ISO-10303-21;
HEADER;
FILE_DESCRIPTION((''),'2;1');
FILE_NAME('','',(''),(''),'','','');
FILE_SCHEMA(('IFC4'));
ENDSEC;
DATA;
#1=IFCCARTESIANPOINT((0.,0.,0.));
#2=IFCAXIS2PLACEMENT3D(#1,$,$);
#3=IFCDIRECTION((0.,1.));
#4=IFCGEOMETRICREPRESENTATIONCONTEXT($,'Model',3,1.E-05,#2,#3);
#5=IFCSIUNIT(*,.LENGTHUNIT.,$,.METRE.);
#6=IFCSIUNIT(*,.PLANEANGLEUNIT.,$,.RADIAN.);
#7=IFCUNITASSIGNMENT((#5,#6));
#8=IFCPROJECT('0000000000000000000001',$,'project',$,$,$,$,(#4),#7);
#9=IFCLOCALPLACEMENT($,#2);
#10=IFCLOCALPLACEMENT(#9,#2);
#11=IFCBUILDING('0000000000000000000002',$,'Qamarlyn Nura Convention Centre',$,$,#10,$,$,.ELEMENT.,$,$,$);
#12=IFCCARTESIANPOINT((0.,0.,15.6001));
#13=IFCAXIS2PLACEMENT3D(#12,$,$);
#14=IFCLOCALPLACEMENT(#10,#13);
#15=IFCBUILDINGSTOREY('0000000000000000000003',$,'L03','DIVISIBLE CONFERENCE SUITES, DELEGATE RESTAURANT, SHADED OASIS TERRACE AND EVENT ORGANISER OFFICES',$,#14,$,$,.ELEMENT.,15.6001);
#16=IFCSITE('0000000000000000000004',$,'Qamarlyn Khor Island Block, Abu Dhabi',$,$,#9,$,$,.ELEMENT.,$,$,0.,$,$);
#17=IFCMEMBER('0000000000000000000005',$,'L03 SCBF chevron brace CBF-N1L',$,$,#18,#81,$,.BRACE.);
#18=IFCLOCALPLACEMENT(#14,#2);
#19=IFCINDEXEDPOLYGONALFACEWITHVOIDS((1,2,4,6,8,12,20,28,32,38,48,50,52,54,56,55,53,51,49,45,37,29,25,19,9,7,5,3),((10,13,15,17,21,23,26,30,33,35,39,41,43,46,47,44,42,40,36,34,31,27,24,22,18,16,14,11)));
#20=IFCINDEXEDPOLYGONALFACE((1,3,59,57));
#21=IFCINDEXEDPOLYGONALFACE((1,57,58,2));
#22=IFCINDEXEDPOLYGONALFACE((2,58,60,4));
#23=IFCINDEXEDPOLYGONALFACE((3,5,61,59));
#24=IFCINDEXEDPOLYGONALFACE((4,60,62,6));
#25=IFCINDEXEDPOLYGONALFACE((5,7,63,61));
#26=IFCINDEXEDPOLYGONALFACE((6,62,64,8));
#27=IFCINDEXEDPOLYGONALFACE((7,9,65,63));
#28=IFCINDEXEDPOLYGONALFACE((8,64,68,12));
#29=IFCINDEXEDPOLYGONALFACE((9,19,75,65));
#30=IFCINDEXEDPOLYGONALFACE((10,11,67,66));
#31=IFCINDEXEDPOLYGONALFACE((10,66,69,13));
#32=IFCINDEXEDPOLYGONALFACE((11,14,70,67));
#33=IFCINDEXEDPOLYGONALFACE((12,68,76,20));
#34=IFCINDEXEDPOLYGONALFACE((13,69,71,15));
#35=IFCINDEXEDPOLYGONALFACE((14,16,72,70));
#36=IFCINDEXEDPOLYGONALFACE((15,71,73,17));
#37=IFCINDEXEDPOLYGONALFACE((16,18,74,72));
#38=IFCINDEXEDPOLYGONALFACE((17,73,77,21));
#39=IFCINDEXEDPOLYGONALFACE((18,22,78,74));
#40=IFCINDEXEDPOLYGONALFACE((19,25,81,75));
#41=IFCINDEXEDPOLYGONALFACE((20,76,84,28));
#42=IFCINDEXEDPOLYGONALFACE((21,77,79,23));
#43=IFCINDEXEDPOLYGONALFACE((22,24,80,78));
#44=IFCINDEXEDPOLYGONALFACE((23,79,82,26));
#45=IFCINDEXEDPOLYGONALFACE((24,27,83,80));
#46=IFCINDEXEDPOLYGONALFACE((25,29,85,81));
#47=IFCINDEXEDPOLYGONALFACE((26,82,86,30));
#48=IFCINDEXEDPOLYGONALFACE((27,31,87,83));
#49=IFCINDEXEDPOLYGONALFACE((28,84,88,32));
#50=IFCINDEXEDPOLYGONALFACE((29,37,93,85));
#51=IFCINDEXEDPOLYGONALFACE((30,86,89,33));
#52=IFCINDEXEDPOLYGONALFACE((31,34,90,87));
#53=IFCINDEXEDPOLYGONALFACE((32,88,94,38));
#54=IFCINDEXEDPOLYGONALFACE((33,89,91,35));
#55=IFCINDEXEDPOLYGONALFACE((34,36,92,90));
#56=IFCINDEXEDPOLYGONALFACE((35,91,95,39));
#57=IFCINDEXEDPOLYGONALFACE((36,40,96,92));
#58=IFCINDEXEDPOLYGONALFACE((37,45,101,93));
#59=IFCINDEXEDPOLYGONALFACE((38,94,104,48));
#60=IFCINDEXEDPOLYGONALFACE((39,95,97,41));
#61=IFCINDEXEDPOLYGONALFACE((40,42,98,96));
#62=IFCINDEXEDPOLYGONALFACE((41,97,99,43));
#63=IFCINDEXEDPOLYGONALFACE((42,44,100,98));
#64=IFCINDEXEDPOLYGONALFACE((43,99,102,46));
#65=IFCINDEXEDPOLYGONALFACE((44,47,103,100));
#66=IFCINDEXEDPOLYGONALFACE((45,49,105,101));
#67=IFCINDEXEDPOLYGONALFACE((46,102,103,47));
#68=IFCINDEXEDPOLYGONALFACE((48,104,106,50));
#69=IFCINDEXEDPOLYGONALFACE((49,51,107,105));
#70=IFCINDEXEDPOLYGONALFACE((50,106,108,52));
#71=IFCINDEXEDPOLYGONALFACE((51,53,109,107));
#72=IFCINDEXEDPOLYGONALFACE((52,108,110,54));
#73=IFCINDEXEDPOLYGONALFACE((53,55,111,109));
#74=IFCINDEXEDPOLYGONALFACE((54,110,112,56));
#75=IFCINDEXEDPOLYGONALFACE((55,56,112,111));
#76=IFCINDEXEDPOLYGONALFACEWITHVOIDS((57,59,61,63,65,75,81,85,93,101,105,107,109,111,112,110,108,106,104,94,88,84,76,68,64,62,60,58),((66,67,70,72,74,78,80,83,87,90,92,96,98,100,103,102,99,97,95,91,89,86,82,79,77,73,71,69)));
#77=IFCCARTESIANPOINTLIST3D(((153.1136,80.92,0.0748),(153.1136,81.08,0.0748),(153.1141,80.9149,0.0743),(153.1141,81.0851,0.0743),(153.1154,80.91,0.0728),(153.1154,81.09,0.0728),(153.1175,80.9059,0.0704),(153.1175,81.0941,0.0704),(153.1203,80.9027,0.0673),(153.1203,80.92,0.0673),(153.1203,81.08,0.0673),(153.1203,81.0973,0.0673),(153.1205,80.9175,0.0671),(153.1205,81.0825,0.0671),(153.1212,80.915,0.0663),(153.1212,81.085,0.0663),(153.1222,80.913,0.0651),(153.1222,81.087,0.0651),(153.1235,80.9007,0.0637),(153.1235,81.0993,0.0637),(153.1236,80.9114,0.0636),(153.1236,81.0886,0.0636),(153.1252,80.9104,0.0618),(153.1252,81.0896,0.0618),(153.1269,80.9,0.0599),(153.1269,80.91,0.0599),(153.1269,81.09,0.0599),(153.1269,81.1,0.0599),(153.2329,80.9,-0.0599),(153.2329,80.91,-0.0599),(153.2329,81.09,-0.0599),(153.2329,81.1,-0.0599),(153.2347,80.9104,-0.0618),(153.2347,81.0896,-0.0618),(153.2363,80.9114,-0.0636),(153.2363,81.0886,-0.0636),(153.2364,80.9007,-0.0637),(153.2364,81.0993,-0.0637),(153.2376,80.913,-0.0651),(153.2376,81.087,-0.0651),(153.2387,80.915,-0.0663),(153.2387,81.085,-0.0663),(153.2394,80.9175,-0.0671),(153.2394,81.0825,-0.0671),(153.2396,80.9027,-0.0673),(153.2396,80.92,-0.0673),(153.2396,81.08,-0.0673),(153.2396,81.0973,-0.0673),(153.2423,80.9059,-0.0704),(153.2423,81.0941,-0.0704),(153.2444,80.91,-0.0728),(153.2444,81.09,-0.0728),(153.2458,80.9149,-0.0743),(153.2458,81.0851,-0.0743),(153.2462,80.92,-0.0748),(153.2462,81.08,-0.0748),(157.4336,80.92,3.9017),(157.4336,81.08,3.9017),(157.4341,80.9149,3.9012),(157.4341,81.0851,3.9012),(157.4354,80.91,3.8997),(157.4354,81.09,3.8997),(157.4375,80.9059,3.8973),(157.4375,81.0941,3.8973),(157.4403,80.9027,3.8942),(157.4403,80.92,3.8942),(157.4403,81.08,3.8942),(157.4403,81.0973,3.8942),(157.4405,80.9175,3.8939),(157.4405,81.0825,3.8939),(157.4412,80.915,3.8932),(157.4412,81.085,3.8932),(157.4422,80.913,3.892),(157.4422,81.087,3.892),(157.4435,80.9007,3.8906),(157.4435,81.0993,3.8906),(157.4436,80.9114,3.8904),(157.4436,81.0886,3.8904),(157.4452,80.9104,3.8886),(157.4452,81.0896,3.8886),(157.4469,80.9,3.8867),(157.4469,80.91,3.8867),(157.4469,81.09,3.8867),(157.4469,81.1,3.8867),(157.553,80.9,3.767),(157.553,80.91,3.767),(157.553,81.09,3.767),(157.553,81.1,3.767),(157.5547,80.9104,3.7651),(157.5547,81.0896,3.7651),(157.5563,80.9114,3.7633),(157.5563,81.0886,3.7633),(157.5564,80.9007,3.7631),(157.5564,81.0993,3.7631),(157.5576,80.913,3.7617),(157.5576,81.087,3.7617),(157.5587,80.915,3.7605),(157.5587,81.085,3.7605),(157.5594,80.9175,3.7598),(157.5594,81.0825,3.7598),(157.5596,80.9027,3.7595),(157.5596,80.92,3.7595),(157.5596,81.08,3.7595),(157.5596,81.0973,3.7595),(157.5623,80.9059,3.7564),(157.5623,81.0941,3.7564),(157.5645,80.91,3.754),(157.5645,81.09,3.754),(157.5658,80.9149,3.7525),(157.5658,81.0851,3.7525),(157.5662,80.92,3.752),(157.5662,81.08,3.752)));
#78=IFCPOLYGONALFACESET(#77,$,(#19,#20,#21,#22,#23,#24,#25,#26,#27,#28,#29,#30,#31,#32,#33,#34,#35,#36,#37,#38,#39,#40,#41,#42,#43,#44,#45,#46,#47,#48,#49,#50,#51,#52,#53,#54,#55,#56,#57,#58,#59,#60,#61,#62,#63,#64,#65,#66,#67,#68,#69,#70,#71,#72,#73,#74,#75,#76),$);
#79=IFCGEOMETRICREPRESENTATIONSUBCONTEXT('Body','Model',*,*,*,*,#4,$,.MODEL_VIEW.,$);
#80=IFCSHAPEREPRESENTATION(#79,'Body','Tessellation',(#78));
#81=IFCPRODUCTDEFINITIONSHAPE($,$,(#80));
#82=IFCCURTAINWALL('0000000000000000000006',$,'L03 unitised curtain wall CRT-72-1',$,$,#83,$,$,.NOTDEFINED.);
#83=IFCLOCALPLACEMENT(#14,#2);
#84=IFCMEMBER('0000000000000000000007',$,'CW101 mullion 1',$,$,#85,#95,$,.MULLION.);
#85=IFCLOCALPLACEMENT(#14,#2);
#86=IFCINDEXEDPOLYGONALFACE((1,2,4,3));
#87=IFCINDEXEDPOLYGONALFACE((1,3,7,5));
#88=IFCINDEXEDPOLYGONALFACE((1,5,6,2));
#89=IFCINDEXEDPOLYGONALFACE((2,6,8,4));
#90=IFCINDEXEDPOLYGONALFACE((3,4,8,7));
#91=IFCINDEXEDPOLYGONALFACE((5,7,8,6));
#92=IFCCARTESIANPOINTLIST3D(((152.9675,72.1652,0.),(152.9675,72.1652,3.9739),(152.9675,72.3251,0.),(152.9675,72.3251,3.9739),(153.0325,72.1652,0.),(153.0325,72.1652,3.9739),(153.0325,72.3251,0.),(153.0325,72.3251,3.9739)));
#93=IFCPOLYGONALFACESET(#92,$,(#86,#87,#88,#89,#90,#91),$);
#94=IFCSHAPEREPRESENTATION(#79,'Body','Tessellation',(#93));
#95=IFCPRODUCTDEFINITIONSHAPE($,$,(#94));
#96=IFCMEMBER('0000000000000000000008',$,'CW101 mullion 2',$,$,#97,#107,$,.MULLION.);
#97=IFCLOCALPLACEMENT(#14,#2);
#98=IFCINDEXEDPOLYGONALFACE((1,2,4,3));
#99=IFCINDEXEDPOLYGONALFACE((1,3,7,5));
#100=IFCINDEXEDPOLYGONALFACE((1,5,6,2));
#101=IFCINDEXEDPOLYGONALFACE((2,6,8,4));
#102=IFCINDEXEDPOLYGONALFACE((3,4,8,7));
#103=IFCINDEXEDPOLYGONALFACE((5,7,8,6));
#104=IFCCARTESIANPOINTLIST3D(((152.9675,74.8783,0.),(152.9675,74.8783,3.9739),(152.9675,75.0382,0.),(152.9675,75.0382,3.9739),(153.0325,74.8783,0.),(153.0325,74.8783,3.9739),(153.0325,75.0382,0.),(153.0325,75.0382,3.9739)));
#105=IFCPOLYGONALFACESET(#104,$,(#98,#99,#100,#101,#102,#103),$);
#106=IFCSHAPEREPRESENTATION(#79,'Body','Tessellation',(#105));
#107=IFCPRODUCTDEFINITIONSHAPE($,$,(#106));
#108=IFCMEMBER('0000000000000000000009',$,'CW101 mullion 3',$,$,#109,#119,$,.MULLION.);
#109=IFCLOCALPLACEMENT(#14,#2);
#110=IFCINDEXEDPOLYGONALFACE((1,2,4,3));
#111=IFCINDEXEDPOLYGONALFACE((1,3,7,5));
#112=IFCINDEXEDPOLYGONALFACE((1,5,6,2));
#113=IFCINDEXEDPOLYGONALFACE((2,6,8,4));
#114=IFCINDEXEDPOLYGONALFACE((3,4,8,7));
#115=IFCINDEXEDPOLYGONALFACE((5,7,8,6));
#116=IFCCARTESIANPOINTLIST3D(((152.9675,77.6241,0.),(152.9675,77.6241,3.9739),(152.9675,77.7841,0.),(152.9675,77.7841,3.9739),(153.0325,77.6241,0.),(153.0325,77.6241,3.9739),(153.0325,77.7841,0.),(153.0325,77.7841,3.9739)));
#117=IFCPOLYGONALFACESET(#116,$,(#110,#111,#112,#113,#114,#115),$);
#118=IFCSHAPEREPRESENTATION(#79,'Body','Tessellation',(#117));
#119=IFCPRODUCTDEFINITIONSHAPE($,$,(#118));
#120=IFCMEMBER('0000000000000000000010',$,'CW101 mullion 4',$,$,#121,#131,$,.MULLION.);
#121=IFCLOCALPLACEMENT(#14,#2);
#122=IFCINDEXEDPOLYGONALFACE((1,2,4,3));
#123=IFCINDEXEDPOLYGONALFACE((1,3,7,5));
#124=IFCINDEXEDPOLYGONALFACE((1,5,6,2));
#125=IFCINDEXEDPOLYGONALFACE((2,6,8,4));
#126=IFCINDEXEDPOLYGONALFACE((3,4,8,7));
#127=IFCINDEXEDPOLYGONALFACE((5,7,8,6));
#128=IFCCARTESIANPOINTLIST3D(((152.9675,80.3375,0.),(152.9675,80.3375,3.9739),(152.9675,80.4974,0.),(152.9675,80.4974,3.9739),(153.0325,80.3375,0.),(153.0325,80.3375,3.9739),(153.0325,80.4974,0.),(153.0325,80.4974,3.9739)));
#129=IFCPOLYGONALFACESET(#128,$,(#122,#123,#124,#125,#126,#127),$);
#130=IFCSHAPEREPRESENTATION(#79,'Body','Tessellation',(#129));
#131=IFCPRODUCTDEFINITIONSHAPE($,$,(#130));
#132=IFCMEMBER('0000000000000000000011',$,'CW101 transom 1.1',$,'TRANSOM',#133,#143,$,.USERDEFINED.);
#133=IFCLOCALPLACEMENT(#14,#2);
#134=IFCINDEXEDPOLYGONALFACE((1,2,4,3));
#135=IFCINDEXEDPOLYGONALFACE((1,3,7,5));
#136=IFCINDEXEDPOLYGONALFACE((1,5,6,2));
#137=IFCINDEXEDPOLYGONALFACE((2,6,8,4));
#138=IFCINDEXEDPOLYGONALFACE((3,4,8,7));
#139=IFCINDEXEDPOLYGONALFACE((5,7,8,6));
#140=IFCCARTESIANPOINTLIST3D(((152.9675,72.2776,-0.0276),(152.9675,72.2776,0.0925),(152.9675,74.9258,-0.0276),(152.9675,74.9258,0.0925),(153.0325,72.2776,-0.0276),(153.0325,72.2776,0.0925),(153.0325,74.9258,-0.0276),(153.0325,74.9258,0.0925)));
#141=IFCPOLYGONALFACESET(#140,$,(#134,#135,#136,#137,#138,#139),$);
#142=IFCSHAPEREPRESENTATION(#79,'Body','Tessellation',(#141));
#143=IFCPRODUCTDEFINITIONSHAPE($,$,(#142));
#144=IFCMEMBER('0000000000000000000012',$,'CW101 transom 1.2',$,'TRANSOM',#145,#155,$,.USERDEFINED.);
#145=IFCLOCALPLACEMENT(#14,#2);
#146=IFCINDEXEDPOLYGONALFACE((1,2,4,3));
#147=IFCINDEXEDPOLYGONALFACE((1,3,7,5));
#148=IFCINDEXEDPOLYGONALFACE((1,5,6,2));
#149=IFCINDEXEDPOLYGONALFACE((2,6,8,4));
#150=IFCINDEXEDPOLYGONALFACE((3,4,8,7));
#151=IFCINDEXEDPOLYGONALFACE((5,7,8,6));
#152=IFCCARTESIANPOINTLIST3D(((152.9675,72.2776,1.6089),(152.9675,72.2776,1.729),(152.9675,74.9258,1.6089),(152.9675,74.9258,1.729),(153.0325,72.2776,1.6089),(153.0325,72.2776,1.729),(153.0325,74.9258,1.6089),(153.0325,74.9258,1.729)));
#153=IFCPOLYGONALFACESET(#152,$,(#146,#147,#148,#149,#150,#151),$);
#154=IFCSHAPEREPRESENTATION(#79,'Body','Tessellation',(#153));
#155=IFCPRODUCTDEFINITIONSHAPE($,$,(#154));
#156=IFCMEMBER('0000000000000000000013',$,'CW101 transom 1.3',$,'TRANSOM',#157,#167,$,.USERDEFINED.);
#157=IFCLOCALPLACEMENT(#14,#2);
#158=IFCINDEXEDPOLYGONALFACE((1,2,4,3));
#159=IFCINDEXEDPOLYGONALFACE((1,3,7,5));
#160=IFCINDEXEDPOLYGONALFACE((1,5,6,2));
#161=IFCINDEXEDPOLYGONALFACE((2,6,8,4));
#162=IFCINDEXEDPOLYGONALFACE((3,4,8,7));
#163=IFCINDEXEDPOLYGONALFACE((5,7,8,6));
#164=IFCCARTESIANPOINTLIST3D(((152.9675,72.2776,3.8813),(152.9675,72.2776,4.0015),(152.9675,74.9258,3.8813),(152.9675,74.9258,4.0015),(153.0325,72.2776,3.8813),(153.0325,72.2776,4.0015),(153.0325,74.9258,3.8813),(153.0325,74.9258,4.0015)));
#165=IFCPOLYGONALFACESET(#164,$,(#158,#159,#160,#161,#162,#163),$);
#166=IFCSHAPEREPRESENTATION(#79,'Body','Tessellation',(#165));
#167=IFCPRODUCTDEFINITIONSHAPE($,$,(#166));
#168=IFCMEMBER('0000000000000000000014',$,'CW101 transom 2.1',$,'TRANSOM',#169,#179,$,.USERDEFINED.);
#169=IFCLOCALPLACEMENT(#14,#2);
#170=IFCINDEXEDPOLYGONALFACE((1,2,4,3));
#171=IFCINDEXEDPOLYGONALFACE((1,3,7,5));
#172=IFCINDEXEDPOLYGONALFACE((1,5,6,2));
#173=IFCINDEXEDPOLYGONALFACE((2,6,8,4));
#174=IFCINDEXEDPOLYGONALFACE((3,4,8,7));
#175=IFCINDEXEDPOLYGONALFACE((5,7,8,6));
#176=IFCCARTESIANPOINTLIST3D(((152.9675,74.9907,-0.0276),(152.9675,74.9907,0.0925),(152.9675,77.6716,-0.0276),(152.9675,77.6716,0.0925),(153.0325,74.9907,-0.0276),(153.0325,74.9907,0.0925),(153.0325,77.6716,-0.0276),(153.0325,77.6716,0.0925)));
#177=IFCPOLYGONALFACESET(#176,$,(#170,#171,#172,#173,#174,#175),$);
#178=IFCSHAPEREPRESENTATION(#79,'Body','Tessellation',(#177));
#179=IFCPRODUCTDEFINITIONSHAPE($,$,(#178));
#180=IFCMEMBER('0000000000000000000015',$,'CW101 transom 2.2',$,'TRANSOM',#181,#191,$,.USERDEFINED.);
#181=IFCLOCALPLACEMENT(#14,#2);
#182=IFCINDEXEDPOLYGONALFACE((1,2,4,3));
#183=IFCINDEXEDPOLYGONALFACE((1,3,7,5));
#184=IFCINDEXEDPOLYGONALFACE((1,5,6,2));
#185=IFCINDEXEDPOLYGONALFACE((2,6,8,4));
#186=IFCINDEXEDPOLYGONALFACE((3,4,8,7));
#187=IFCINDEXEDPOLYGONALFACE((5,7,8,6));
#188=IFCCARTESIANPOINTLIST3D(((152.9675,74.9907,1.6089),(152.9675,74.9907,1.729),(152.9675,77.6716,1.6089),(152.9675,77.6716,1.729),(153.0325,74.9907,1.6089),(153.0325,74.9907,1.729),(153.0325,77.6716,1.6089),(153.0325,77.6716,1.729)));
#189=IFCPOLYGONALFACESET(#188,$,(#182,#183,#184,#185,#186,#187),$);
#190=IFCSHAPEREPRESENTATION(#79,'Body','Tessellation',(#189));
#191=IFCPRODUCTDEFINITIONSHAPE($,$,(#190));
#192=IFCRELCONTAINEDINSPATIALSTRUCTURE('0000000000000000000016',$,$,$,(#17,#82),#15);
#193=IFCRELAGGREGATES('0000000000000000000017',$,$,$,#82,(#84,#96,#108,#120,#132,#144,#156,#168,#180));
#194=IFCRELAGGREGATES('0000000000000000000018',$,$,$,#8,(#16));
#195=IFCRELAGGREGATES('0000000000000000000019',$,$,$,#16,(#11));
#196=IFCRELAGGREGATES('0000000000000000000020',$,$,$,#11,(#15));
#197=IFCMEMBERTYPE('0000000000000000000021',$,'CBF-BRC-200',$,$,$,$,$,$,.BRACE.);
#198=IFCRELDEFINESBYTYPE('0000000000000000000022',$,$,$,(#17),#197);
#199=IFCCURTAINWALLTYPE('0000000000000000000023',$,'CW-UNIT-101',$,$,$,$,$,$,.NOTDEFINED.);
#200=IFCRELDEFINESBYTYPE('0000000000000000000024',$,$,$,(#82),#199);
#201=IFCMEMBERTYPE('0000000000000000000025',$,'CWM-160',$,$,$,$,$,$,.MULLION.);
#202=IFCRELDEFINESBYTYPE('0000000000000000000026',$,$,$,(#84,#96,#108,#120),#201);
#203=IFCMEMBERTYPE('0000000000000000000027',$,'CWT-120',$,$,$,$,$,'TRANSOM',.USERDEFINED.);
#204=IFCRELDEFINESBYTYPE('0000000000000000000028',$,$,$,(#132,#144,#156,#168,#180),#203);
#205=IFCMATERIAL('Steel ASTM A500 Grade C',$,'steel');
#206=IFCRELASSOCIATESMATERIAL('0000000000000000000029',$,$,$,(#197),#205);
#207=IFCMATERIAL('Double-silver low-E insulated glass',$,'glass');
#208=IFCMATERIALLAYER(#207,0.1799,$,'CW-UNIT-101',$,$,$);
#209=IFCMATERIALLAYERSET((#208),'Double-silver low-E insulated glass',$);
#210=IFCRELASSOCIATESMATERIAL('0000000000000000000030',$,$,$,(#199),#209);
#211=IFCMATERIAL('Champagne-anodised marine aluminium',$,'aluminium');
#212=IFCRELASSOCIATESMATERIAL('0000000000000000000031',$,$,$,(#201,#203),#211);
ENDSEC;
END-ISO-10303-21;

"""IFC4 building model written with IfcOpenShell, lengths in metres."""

from ifc_helpers import new_model, si_unit, direction, frame, origin, origin_2d, place, context, subcontext, project, spatial, rectangle, hollow_rectangle, extrude, material, layer, layer_set, material_profile, profile_set, type_object, element, aggregate, save


model = new_model("IFC4")

# Units and contexts
model_context = context("Model", 3, precision=1e-05, world=origin(), true_north=direction((0.0, 1.0)))
body_context = subcontext(model_context, "Body", "Model", "MODEL_VIEW")
ifc_project = project(units=[si_unit("LENGTHUNIT", "METRE"), si_unit("PLANEANGLEUNIT", "RADIAN")], contexts=[model_context])

# Site, building, storey
site_placement = place(None, origin())
site = spatial("IfcSite", under=ifc_project, at=site_placement, Name="Qamarlyn Khor Island Block, Abu Dhabi", CompositionType="ELEMENT", RefElevation=0.0)
building_placement = place(site_placement, origin())
building = spatial("IfcBuilding", under=site, at=building_placement, Name="Qamarlyn Nura Convention Centre", CompositionType="ELEMENT")
storey_placement = place(building_placement, frame((0.0, 0.0, 15.6001)))
storey = spatial("IfcBuildingStorey", under=building, at=storey_placement, Name="L03", Description="DIVISIBLE CONFERENCE SUITES, DELEGATE RESTAURANT, SHADED OASIS TERRACE AND EVENT ORGANISER OFFICES", CompositionType="ELEMENT", Elevation=15.6001)

# Member
ifc_material_1 = material(Name="Steel ASTM A500 Grade C", Category="steel")
ifc_material_profile_1 = material_profile(ifc_material_1, hollow_rectangle(XDim=0.2, YDim=0.2, WallThickness=0.01, InnerFilletRadius=0.01, OuterFilletRadius=0.02, at=origin_2d()), Name="HSS200X200X10")
ifc_profile_set_1 = profile_set([ifc_material_profile_1], Name="Steel ASTM A500 Grade C")
member_type_1 = type_object("IfcMemberType", Name="CBF-BRC-200", PredefinedType="BRACE", material=ifc_profile_set_1)
member_1_placement = place(storey_placement, frame((153.1799, 81.0, 0.0), z_axis=(0.74854, 0.0, 0.663089), x_axis=(0.0, 1.0, 0.0)))
element("IfcMember", 1, at=member_1_placement, inside=storey, type_object=member_type_1, Name="L03 SCBF chevron brace CBF-N1L", PredefinedType="BRACE", context=body_context, shape_type="SweptSolid", body=[
    extrude(hollow_rectangle(XDim=0.2, YDim=0.2, WallThickness=0.01, InnerFilletRadius=0.01, OuterFilletRadius=0.02, at=origin_2d()), origin(), (0.0, 0.0, 1.0), 5.7712),
])

# Curtain wall, members
ifc_material_2 = material(Name="Double-silver low-E insulated glass", Category="glass")
ifc_layer_1 = layer(ifc_material_2, 0.1799, Name="CW-UNIT-101")
ifc_layer_set_1 = layer_set([ifc_layer_1], Name="Double-silver low-E insulated glass")
curtain_wall_type = type_object("IfcCurtainWallType", Name="CW-UNIT-101", PredefinedType="NOTDEFINED", material=ifc_layer_set_1)
curtain_wall_placement = place(storey_placement, origin())
curtain_wall = element("IfcCurtainWall", 2, at=curtain_wall_placement, inside=storey, type_object=curtain_wall_type, Name="L03 unitised curtain wall CRT-72-1", PredefinedType="NOTDEFINED")
ifc_material_3 = material(Name="Champagne-anodised marine aluminium", Category="aluminium")
ifc_material_profile_2 = material_profile(ifc_material_3, rectangle(XDim=0.0649, YDim=0.1599, at=origin_2d()), Name="ALU MULLION 65x160")
ifc_profile_set_2 = profile_set([ifc_material_profile_2], Name="Champagne-anodised marine aluminium")
member_type_2 = type_object("IfcMemberType", Name="CWM-160", PredefinedType="MULLION", material=ifc_profile_set_2)
member_2_placement = place(storey_placement, frame((153.0, 72.2451, 0.0), z_axis=(0.0, 0.0, 1.0), x_axis=(-1.0, 0.0, 0.0)))
member_2 = element("IfcMember", 3, at=member_2_placement, type_object=member_type_2, Name="CW101 mullion 1", PredefinedType="MULLION", context=body_context, shape_type="SweptSolid", body=[
    extrude(rectangle(XDim=0.0649, YDim=0.1599, at=origin_2d()), origin(), (0.0, 0.0, 1.0), 3.9739),
])
member_3_placement = place(storey_placement, frame((153.0, 74.9583, 0.0), z_axis=(0.0, 0.0, 1.0), x_axis=(-1.0, 0.0, 0.0)))
member_3 = element("IfcMember", 4, at=member_3_placement, type_object=member_type_2, Name="CW101 mullion 2", PredefinedType="MULLION", context=body_context, shape_type="SweptSolid", body=[
    extrude(rectangle(XDim=0.0649, YDim=0.1599, at=origin_2d()), origin(), (0.0, 0.0, 1.0), 3.9739),
])
member_4_placement = place(storey_placement, frame((153.0, 77.7041, 0.0), z_axis=(0.0, 0.0, 1.0), x_axis=(-1.0, 0.0, 0.0)))
member_4 = element("IfcMember", 5, at=member_4_placement, type_object=member_type_2, Name="CW101 mullion 3", PredefinedType="MULLION", context=body_context, shape_type="SweptSolid", body=[
    extrude(rectangle(XDim=0.0649, YDim=0.1599, at=origin_2d()), origin(), (0.0, 0.0, 1.0), 3.9739),
])
member_5_placement = place(storey_placement, frame((153.0, 80.4175, 0.0), z_axis=(0.0, 0.0, 1.0), x_axis=(-1.0, 0.0, 0.0)))
member_5 = element("IfcMember", 6, at=member_5_placement, type_object=member_type_2, Name="CW101 mullion 4", PredefinedType="MULLION", context=body_context, shape_type="SweptSolid", body=[
    extrude(rectangle(XDim=0.0649, YDim=0.1599, at=origin_2d()), origin(), (0.0, 0.0, 1.0), 3.9739),
])
ifc_material_profile_3 = material_profile(ifc_material_3, rectangle(XDim=0.0649, YDim=0.1201, at=origin_2d()), Name="ALU TRANSOM 65x120")
ifc_profile_set_3 = profile_set([ifc_material_profile_3], Name="Champagne-anodised marine aluminium")
member_type_3 = type_object("IfcMemberType", Name="CWT-120", ElementType="TRANSOM", PredefinedType="USERDEFINED", material=ifc_profile_set_3)
member_6_placement = place(storey_placement, frame((153.0, 72.2776, 0.0325), z_axis=(0.0, 1.0, 0.0), x_axis=(-1.0, 0.0, 0.0)))
member_6 = element("IfcMember", 7, at=member_6_placement, type_object=member_type_3, Name="CW101 transom 1.1", ObjectType="TRANSOM", PredefinedType="USERDEFINED", context=body_context, shape_type="SweptSolid", body=[
    extrude(rectangle(XDim=0.0649, YDim=0.1201, at=origin_2d()), origin(), (0.0, 0.0, 1.0), 2.6482),
])
member_7_placement = place(storey_placement, frame((153.0, 72.2776, 1.6689), z_axis=(0.0, 1.0, 0.0), x_axis=(-1.0, 0.0, 0.0)))
member_7 = element("IfcMember", 8, at=member_7_placement, type_object=member_type_3, Name="CW101 transom 1.2", ObjectType="TRANSOM", PredefinedType="USERDEFINED", context=body_context, shape_type="SweptSolid", body=[
    extrude(rectangle(XDim=0.0649, YDim=0.1201, at=origin_2d()), origin(), (0.0, 0.0, 1.0), 2.6482),
])
member_8_placement = place(storey_placement, frame((153.0, 72.2776, 3.9414), z_axis=(0.0, 1.0, 0.0), x_axis=(-1.0, 0.0, 0.0)))
member_8 = element("IfcMember", 9, at=member_8_placement, type_object=member_type_3, Name="CW101 transom 1.3", ObjectType="TRANSOM", PredefinedType="USERDEFINED", context=body_context, shape_type="SweptSolid", body=[
    extrude(rectangle(XDim=0.0649, YDim=0.1201, at=origin_2d()), origin(), (0.0, 0.0, 1.0), 2.6482),
])
member_9_placement = place(storey_placement, frame((153.0, 74.9907, 0.0325), z_axis=(0.0, 1.0, 0.0), x_axis=(-1.0, 0.0, 0.0)))
member_9 = element("IfcMember", 10, at=member_9_placement, type_object=member_type_3, Name="CW101 transom 2.1", ObjectType="TRANSOM", PredefinedType="USERDEFINED", context=body_context, shape_type="SweptSolid", body=[
    extrude(rectangle(XDim=0.0649, YDim=0.1201, at=origin_2d()), origin(), (0.0, 0.0, 1.0), 2.6809),
])
member_10_placement = place(storey_placement, frame((153.0, 74.9907, 1.6689), z_axis=(0.0, 1.0, 0.0), x_axis=(-1.0, 0.0, 0.0)))
member_10 = element("IfcMember", 11, at=member_10_placement, type_object=member_type_3, Name="CW101 transom 2.2", ObjectType="TRANSOM", PredefinedType="USERDEFINED", context=body_context, shape_type="SweptSolid", body=[
    extrude(rectangle(XDim=0.0649, YDim=0.1201, at=origin_2d()), origin(), (0.0, 0.0, 1.0), 2.6809),
])
aggregate(curtain_wall, [member_2, member_3, member_4, member_5, member_6, member_7, member_8, member_9, member_10])

save(model, "model.ifc")
